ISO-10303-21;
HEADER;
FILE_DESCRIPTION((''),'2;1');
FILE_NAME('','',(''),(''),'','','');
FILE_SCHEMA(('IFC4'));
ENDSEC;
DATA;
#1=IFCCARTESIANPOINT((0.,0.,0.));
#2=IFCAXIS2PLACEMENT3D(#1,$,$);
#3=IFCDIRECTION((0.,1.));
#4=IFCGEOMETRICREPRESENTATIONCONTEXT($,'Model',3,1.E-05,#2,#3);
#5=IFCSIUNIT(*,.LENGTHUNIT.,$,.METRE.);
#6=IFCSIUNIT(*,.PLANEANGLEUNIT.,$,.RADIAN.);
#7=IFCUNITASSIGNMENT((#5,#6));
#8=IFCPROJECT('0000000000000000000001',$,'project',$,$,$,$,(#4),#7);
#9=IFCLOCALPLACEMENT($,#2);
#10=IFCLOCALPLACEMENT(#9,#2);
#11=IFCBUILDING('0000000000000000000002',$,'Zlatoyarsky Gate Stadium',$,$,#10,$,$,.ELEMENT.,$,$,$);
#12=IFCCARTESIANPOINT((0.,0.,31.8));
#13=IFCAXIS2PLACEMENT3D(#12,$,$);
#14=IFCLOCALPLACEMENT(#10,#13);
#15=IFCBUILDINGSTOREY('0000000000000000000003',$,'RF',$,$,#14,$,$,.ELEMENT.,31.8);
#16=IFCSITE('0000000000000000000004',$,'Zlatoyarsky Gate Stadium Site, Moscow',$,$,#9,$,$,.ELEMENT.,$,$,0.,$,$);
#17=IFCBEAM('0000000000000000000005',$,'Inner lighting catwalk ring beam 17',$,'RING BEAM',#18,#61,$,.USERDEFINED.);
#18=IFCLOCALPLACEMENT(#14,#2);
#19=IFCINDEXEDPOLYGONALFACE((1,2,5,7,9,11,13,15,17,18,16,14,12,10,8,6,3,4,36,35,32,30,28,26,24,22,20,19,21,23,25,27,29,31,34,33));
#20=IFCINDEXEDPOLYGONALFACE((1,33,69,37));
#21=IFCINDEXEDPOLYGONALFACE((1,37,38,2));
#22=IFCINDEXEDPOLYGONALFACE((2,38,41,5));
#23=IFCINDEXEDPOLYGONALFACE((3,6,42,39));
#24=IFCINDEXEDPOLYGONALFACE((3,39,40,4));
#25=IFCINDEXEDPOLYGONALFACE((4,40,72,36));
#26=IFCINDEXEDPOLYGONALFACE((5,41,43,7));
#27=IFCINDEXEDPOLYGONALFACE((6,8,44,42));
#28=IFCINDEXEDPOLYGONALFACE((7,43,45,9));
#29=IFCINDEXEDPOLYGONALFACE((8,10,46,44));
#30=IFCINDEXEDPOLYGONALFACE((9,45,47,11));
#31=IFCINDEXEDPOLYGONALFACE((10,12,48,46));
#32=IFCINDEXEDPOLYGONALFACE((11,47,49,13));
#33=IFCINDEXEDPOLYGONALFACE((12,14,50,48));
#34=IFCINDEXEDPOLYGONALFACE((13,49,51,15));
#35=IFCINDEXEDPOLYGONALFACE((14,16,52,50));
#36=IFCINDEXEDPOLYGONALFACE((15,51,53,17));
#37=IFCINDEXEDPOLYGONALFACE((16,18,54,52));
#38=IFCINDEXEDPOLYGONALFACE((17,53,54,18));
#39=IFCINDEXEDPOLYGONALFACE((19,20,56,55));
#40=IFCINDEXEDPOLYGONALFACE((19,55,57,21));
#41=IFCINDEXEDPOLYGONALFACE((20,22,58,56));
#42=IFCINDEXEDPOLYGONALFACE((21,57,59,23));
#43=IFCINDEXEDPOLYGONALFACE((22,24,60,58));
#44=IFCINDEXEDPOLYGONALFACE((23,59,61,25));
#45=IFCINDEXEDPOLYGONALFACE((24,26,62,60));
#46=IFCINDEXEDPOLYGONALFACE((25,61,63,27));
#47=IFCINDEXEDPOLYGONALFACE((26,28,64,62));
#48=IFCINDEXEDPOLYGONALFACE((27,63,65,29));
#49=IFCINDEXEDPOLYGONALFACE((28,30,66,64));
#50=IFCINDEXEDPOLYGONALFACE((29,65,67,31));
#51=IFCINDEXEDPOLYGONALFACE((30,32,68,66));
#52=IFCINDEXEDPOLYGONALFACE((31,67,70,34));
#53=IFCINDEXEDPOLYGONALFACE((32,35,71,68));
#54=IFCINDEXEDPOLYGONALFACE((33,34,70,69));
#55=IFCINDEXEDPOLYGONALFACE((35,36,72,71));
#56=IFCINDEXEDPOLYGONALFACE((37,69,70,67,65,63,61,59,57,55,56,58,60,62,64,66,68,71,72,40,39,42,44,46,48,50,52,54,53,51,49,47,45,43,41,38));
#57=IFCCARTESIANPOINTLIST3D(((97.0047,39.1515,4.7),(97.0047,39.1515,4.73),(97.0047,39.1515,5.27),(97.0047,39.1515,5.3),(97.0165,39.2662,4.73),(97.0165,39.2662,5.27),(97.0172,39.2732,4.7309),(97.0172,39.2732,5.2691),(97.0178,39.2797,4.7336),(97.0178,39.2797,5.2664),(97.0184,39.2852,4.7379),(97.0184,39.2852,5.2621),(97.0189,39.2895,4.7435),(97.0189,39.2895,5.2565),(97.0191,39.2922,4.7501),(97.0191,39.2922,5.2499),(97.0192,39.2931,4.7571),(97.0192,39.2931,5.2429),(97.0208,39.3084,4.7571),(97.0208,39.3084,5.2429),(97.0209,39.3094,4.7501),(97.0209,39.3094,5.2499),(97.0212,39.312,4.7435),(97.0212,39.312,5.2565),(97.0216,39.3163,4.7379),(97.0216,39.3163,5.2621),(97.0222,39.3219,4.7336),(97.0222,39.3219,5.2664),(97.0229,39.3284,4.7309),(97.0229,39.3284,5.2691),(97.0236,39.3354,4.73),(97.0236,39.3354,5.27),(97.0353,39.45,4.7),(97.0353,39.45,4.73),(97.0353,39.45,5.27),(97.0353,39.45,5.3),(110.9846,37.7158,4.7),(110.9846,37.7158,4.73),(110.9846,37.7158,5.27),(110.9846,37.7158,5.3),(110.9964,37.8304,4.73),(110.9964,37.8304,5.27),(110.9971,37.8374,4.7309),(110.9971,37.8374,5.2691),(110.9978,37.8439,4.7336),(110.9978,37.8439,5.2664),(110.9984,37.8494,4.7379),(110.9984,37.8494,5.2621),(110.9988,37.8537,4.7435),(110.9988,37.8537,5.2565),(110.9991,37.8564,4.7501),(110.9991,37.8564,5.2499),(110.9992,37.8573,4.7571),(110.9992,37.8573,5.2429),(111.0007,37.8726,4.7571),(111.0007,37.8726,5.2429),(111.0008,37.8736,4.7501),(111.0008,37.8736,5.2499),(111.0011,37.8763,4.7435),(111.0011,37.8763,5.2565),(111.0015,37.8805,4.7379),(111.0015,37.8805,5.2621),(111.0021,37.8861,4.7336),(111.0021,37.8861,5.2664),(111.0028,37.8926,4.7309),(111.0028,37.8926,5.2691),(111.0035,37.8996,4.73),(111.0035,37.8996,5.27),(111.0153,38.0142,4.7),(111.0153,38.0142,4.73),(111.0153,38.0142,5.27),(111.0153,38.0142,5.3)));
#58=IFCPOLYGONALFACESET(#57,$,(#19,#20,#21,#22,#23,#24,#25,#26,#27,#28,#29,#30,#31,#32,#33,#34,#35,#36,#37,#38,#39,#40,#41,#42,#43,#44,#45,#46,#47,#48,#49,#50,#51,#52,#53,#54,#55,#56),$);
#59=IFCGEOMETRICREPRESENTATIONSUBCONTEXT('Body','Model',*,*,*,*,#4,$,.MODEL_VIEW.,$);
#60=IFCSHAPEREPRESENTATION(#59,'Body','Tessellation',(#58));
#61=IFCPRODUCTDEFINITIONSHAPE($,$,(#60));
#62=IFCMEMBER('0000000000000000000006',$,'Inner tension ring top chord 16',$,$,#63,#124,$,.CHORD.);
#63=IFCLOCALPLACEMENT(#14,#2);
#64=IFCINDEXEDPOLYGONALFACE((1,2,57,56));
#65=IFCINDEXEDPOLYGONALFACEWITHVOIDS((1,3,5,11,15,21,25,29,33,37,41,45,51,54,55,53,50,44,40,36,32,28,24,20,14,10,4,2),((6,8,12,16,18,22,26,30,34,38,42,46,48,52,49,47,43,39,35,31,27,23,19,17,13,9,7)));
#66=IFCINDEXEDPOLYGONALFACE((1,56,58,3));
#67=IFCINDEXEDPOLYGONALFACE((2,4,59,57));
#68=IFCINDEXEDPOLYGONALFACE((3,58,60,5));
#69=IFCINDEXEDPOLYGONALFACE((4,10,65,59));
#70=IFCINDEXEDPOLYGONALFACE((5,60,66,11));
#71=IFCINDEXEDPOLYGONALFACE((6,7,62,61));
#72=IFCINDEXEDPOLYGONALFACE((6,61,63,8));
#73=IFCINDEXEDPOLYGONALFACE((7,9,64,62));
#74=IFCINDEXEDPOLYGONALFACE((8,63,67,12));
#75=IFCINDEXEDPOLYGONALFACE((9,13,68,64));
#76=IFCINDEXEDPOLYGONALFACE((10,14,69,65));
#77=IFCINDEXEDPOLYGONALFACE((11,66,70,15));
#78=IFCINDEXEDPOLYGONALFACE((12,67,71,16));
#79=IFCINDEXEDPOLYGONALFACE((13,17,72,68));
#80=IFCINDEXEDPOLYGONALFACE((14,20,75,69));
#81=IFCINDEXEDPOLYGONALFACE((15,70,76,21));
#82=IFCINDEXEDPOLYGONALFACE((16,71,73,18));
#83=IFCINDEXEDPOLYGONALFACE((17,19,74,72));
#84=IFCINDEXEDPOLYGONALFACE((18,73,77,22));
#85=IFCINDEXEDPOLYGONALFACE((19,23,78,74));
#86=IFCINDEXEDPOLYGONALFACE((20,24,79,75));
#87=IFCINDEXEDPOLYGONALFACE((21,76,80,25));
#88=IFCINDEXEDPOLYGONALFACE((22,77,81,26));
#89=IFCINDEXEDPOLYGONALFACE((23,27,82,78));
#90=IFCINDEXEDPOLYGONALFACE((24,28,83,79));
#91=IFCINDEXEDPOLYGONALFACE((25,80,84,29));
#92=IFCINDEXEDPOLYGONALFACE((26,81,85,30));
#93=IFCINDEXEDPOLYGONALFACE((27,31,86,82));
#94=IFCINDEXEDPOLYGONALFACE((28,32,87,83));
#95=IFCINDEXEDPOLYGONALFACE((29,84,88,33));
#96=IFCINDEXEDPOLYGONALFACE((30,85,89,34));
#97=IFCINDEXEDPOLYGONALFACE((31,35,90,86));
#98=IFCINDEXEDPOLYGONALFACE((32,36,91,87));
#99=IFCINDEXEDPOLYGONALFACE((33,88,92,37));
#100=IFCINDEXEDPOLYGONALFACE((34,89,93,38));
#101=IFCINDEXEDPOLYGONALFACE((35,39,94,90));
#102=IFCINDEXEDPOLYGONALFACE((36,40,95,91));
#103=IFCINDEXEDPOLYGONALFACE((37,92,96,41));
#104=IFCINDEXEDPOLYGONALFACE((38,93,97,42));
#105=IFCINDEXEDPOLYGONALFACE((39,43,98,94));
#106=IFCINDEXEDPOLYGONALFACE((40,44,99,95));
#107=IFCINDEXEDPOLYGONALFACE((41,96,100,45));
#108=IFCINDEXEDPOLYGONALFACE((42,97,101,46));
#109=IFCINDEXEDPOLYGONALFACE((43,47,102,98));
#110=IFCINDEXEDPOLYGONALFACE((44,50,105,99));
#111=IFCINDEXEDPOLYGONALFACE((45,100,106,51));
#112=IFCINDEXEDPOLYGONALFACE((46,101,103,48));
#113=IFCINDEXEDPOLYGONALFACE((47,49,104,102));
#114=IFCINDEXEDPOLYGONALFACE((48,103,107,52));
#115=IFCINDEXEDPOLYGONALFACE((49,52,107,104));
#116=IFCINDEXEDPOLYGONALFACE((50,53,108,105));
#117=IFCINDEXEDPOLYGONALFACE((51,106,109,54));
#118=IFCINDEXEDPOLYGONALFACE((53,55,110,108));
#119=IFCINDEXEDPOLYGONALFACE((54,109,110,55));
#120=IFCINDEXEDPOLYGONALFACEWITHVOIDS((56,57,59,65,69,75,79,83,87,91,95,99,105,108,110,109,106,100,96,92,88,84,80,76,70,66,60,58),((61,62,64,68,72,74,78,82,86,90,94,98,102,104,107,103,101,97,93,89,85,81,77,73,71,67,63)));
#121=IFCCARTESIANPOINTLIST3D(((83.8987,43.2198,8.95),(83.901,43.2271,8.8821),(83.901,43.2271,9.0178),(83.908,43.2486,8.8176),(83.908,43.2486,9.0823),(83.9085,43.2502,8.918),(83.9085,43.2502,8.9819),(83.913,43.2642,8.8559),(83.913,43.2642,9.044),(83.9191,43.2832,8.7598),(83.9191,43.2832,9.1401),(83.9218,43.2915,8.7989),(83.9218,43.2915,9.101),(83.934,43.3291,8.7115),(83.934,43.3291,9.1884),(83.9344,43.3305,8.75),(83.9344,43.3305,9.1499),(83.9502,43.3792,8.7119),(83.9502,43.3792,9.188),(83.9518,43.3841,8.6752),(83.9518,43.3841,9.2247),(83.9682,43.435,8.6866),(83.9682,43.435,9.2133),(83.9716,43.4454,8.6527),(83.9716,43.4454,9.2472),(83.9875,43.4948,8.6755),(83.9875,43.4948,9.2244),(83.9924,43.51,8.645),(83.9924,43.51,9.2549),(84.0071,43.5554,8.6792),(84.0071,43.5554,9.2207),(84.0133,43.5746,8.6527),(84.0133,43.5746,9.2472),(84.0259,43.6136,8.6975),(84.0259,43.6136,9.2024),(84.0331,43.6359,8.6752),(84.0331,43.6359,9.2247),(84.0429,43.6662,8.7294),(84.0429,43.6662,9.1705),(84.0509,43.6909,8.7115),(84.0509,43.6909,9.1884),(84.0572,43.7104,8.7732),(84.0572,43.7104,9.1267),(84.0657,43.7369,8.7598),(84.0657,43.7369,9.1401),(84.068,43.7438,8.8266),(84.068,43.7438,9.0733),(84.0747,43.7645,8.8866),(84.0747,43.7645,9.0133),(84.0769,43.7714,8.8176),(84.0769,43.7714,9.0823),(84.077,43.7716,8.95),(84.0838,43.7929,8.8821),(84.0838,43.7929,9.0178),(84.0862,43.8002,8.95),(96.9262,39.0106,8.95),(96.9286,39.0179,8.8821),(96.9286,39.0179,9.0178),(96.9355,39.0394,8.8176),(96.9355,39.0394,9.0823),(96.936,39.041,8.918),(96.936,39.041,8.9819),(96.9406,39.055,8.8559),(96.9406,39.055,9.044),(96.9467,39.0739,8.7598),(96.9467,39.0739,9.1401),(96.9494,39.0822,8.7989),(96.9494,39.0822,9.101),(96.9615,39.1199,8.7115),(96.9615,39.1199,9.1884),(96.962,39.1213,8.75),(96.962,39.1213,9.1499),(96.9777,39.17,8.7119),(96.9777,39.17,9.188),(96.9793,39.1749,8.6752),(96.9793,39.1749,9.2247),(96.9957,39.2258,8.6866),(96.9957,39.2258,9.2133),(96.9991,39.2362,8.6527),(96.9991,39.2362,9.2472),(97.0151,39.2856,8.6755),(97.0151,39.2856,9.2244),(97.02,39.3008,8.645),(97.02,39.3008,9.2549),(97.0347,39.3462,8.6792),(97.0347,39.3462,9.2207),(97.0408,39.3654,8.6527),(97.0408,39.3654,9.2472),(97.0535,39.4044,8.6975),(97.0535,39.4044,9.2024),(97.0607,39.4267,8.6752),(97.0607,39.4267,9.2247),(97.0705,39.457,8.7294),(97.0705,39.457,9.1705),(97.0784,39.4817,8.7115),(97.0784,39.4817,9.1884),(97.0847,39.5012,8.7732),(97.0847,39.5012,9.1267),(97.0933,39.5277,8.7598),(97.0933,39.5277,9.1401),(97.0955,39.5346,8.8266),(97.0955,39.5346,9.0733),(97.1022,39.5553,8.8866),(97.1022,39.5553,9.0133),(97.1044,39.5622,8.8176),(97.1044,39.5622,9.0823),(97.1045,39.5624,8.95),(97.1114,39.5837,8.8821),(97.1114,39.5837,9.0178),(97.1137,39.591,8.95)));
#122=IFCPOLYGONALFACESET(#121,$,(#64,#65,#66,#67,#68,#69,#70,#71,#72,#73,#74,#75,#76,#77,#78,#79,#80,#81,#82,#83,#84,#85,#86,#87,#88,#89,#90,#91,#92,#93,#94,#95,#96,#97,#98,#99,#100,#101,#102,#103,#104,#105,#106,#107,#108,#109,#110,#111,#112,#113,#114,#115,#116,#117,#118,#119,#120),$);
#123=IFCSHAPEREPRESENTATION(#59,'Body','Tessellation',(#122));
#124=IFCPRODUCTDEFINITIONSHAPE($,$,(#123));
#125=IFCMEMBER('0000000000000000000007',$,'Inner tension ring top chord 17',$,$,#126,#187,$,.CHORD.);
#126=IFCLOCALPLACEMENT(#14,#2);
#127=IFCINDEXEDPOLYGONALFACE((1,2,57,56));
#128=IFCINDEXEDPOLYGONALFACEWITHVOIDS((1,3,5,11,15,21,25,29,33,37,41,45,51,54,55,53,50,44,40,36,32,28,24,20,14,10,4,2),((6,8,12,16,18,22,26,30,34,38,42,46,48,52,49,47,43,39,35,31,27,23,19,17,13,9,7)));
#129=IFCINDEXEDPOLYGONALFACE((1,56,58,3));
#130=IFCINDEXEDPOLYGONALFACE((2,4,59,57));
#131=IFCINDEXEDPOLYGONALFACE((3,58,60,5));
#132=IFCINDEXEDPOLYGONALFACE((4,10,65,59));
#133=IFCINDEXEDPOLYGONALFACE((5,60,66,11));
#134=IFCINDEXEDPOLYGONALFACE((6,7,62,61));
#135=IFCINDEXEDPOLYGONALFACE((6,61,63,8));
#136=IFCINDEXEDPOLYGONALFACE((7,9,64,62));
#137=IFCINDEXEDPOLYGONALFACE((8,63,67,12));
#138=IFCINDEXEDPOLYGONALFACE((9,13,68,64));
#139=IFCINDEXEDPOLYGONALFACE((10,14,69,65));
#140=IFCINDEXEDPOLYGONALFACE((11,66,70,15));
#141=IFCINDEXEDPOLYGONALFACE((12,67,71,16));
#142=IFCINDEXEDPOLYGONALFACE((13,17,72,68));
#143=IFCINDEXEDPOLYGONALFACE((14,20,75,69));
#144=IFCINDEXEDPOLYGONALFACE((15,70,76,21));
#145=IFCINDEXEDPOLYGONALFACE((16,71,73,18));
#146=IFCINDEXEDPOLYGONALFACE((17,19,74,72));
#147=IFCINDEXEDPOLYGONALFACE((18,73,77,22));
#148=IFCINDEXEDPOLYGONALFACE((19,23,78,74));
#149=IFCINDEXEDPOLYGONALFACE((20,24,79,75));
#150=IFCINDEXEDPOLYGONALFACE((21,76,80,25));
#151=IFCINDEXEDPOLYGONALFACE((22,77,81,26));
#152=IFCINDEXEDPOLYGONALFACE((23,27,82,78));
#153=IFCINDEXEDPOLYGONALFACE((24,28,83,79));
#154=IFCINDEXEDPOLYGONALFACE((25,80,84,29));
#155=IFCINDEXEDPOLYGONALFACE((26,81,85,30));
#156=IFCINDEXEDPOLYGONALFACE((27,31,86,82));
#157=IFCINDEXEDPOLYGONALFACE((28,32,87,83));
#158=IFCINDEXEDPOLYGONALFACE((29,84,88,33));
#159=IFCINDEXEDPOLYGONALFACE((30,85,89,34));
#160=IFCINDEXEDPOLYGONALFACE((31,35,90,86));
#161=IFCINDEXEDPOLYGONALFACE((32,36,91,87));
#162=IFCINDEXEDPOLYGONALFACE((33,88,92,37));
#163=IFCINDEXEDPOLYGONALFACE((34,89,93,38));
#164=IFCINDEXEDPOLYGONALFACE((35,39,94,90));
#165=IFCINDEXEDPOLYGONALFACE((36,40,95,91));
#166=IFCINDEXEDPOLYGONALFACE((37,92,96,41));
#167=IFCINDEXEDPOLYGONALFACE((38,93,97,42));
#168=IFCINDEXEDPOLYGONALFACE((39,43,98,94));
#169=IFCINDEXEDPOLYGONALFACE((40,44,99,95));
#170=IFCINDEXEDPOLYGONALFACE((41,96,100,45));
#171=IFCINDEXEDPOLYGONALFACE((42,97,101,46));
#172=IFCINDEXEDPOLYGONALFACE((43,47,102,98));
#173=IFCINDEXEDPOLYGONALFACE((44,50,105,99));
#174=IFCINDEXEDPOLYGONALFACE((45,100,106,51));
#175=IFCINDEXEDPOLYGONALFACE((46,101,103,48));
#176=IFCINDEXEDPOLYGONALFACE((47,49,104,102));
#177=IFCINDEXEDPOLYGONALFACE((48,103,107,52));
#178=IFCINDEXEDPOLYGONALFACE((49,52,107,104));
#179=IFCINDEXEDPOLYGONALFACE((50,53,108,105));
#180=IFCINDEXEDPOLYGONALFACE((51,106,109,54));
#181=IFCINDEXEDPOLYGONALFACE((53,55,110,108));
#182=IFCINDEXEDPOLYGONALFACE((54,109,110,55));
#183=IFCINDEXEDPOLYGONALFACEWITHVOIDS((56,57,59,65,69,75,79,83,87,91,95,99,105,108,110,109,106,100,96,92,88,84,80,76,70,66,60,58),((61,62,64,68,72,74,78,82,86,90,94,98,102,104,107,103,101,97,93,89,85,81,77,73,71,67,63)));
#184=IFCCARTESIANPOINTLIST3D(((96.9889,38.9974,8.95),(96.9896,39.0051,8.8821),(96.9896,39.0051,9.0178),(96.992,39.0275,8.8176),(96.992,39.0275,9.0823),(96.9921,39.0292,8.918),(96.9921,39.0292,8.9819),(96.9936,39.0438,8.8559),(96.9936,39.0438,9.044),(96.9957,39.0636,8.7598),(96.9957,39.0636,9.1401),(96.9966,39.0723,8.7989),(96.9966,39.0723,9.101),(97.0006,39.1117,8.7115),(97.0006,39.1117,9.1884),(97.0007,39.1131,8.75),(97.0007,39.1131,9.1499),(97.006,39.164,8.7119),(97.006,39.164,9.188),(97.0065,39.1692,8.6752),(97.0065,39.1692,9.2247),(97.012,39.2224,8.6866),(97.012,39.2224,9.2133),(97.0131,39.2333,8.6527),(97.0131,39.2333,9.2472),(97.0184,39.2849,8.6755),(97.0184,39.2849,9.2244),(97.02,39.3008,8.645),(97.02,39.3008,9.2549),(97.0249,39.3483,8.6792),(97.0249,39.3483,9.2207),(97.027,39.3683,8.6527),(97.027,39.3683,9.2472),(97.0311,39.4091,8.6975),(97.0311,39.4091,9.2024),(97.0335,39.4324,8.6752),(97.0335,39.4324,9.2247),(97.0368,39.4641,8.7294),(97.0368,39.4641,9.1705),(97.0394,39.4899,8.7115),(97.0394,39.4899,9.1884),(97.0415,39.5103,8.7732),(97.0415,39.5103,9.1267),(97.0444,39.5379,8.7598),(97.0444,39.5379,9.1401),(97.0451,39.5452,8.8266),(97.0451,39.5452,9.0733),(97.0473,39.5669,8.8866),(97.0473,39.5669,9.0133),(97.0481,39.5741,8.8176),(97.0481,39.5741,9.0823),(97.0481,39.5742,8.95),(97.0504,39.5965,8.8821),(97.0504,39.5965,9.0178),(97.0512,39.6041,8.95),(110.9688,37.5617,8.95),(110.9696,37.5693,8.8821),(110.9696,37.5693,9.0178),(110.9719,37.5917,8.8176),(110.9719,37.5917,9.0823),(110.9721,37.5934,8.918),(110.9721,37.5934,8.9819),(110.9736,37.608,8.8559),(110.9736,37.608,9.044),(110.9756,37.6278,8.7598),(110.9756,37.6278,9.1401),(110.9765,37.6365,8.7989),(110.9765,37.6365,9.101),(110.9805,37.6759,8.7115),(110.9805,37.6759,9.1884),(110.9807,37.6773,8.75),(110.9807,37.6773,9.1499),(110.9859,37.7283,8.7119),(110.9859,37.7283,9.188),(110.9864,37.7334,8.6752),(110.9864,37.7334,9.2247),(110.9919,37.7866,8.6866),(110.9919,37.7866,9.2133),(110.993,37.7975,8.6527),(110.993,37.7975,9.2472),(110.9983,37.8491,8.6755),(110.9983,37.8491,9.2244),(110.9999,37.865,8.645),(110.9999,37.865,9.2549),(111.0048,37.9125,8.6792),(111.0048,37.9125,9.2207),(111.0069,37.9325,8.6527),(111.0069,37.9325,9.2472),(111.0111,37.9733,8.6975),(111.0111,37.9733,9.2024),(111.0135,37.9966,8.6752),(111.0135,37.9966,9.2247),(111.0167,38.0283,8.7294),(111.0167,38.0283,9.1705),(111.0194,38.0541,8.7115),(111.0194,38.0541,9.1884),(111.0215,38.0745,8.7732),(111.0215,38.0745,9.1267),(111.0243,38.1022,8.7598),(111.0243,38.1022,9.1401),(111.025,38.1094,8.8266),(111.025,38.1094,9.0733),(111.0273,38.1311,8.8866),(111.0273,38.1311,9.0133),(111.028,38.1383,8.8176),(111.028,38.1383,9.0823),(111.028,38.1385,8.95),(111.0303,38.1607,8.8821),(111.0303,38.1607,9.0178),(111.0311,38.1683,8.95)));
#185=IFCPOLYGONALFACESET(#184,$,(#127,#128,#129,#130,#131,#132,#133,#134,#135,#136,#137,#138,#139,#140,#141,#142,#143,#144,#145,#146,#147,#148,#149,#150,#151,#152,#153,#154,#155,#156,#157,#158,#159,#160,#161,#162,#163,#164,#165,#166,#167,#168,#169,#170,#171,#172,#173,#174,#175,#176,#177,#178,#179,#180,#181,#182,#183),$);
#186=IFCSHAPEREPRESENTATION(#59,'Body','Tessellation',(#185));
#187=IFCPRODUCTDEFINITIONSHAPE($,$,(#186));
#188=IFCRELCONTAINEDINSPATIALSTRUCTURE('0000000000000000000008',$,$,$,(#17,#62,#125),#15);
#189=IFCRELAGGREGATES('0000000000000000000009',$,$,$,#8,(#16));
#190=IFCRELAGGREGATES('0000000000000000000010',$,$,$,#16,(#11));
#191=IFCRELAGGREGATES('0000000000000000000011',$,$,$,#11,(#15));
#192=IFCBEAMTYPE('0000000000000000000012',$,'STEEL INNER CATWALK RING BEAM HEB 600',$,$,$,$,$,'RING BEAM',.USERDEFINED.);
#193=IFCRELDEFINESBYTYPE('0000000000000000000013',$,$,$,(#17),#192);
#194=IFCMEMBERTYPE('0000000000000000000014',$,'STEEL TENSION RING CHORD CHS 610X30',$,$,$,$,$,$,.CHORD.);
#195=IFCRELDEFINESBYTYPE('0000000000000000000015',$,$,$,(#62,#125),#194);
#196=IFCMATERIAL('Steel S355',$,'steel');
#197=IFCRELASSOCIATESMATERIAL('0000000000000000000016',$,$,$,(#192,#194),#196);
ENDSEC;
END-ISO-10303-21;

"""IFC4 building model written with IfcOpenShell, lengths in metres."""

from ifc_helpers import new_model, si_unit, direction, frame, origin, origin_2d, place, context, subcontext, project, spatial, hollow_circle, i_section, extrude, material, material_profile, profile_set, type_object, element, save


model = new_model("IFC4")

# Units and contexts
model_context = context("Model", 3, precision=1e-05, world=origin(), true_north=direction((0.0, 1.0)))
body_context = subcontext(model_context, "Body", "Model", "MODEL_VIEW")
ifc_project = project(units=[si_unit("LENGTHUNIT", "METRE"), si_unit("PLANEANGLEUNIT", "RADIAN")], contexts=[model_context])

# Site, building, storey
site_placement = place(None, origin())
site = spatial("IfcSite", under=ifc_project, at=site_placement, Name="Zlatoyarsky Gate Stadium Site, Moscow", CompositionType="ELEMENT", RefElevation=0.0)
building_placement = place(site_placement, origin())
building = spatial("IfcBuilding", under=site, at=building_placement, Name="Zlatoyarsky Gate Stadium", CompositionType="ELEMENT")
storey_placement = place(building_placement, frame((0.0, 0.0, 31.8)))
storey = spatial("IfcBuildingStorey", under=building, at=storey_placement, Name="RF", CompositionType="ELEMENT", Elevation=31.8)

# Shared definitions
ifc_material_1 = material(Name="Steel S355", Category="steel")

# Beam
ifc_material_profile_1 = material_profile(ifc_material_1, i_section(OverallWidth=0.3, OverallDepth=0.6001, WebThickness=0.0154, FlangeThickness=0.03, FilletRadius=0.0271, at=origin_2d()), Name="HEB 600")
ifc_profile_set_1 = profile_set([ifc_material_profile_1], Name="Steel S355")
beam_type = type_object("IfcBeamType", Name="STEEL INNER CATWALK RING BEAM HEB 600", ElementType="RING BEAM", PredefinedType="USERDEFINED", material=ifc_profile_set_1)
beam_1_placement = place(storey_placement, frame((97.02, 39.3008, 5.0), z_axis=(0.994767, -0.102166, 0.0), x_axis=(0.102166, 0.994767, 0.0)))
element("IfcBeam", 1, at=beam_1_placement, inside=storey, type_object=beam_type, Name="Inner lighting catwalk ring beam 17", ObjectType="RING BEAM", PredefinedType="USERDEFINED", context=body_context, shape_type="SweptSolid", body=[
    extrude(i_section(OverallWidth=0.3, OverallDepth=0.6001, WebThickness=0.0154, FlangeThickness=0.03, FilletRadius=0.0271, at=origin_2d()), origin(), (0.0, 0.0, 1.0), 14.0535),
])

# Members
ifc_material_profile_2 = material_profile(ifc_material_1, hollow_circle(Radius=0.3049, WallThickness=0.03, at=origin_2d()), Name="CHS 610X30")
ifc_profile_set_2 = profile_set([ifc_material_profile_2], Name="Steel S355")
member_type_1 = type_object("IfcMemberType", Name="STEEL TENSION RING CHORD CHS 610X30", PredefinedType="CHORD", material=ifc_profile_set_2)
member_1_placement = place(storey_placement, frame((83.9924, 43.51, 8.95), z_axis=(0.951564, -0.307451, 0.0), x_axis=(0.307451, 0.951564, 0.0)))
element("IfcMember", 2, at=member_1_placement, inside=storey, type_object=member_type_1, Name="Inner tension ring top chord 16", PredefinedType="CHORD", context=body_context, shape_type="SweptSolid", body=[
    extrude(hollow_circle(Radius=0.3049, WallThickness=0.03, at=origin_2d()), origin(), (0.0, 0.0, 1.0), 13.6907),
])
member_2_placement = place(storey_placement, frame((97.02, 39.3008, 8.95), z_axis=(0.994767, -0.102166, 0.0), x_axis=(0.102166, 0.994767, 0.0)))
element("IfcMember", 3, at=member_2_placement, inside=storey, type_object=member_type_1, Name="Inner tension ring top chord 17", PredefinedType="CHORD", context=body_context, shape_type="SweptSolid", body=[
    extrude(hollow_circle(Radius=0.3049, WallThickness=0.03, at=origin_2d()), origin(), (0.0, 0.0, 1.0), 14.0535),
])

save(model, "model.ifc")
